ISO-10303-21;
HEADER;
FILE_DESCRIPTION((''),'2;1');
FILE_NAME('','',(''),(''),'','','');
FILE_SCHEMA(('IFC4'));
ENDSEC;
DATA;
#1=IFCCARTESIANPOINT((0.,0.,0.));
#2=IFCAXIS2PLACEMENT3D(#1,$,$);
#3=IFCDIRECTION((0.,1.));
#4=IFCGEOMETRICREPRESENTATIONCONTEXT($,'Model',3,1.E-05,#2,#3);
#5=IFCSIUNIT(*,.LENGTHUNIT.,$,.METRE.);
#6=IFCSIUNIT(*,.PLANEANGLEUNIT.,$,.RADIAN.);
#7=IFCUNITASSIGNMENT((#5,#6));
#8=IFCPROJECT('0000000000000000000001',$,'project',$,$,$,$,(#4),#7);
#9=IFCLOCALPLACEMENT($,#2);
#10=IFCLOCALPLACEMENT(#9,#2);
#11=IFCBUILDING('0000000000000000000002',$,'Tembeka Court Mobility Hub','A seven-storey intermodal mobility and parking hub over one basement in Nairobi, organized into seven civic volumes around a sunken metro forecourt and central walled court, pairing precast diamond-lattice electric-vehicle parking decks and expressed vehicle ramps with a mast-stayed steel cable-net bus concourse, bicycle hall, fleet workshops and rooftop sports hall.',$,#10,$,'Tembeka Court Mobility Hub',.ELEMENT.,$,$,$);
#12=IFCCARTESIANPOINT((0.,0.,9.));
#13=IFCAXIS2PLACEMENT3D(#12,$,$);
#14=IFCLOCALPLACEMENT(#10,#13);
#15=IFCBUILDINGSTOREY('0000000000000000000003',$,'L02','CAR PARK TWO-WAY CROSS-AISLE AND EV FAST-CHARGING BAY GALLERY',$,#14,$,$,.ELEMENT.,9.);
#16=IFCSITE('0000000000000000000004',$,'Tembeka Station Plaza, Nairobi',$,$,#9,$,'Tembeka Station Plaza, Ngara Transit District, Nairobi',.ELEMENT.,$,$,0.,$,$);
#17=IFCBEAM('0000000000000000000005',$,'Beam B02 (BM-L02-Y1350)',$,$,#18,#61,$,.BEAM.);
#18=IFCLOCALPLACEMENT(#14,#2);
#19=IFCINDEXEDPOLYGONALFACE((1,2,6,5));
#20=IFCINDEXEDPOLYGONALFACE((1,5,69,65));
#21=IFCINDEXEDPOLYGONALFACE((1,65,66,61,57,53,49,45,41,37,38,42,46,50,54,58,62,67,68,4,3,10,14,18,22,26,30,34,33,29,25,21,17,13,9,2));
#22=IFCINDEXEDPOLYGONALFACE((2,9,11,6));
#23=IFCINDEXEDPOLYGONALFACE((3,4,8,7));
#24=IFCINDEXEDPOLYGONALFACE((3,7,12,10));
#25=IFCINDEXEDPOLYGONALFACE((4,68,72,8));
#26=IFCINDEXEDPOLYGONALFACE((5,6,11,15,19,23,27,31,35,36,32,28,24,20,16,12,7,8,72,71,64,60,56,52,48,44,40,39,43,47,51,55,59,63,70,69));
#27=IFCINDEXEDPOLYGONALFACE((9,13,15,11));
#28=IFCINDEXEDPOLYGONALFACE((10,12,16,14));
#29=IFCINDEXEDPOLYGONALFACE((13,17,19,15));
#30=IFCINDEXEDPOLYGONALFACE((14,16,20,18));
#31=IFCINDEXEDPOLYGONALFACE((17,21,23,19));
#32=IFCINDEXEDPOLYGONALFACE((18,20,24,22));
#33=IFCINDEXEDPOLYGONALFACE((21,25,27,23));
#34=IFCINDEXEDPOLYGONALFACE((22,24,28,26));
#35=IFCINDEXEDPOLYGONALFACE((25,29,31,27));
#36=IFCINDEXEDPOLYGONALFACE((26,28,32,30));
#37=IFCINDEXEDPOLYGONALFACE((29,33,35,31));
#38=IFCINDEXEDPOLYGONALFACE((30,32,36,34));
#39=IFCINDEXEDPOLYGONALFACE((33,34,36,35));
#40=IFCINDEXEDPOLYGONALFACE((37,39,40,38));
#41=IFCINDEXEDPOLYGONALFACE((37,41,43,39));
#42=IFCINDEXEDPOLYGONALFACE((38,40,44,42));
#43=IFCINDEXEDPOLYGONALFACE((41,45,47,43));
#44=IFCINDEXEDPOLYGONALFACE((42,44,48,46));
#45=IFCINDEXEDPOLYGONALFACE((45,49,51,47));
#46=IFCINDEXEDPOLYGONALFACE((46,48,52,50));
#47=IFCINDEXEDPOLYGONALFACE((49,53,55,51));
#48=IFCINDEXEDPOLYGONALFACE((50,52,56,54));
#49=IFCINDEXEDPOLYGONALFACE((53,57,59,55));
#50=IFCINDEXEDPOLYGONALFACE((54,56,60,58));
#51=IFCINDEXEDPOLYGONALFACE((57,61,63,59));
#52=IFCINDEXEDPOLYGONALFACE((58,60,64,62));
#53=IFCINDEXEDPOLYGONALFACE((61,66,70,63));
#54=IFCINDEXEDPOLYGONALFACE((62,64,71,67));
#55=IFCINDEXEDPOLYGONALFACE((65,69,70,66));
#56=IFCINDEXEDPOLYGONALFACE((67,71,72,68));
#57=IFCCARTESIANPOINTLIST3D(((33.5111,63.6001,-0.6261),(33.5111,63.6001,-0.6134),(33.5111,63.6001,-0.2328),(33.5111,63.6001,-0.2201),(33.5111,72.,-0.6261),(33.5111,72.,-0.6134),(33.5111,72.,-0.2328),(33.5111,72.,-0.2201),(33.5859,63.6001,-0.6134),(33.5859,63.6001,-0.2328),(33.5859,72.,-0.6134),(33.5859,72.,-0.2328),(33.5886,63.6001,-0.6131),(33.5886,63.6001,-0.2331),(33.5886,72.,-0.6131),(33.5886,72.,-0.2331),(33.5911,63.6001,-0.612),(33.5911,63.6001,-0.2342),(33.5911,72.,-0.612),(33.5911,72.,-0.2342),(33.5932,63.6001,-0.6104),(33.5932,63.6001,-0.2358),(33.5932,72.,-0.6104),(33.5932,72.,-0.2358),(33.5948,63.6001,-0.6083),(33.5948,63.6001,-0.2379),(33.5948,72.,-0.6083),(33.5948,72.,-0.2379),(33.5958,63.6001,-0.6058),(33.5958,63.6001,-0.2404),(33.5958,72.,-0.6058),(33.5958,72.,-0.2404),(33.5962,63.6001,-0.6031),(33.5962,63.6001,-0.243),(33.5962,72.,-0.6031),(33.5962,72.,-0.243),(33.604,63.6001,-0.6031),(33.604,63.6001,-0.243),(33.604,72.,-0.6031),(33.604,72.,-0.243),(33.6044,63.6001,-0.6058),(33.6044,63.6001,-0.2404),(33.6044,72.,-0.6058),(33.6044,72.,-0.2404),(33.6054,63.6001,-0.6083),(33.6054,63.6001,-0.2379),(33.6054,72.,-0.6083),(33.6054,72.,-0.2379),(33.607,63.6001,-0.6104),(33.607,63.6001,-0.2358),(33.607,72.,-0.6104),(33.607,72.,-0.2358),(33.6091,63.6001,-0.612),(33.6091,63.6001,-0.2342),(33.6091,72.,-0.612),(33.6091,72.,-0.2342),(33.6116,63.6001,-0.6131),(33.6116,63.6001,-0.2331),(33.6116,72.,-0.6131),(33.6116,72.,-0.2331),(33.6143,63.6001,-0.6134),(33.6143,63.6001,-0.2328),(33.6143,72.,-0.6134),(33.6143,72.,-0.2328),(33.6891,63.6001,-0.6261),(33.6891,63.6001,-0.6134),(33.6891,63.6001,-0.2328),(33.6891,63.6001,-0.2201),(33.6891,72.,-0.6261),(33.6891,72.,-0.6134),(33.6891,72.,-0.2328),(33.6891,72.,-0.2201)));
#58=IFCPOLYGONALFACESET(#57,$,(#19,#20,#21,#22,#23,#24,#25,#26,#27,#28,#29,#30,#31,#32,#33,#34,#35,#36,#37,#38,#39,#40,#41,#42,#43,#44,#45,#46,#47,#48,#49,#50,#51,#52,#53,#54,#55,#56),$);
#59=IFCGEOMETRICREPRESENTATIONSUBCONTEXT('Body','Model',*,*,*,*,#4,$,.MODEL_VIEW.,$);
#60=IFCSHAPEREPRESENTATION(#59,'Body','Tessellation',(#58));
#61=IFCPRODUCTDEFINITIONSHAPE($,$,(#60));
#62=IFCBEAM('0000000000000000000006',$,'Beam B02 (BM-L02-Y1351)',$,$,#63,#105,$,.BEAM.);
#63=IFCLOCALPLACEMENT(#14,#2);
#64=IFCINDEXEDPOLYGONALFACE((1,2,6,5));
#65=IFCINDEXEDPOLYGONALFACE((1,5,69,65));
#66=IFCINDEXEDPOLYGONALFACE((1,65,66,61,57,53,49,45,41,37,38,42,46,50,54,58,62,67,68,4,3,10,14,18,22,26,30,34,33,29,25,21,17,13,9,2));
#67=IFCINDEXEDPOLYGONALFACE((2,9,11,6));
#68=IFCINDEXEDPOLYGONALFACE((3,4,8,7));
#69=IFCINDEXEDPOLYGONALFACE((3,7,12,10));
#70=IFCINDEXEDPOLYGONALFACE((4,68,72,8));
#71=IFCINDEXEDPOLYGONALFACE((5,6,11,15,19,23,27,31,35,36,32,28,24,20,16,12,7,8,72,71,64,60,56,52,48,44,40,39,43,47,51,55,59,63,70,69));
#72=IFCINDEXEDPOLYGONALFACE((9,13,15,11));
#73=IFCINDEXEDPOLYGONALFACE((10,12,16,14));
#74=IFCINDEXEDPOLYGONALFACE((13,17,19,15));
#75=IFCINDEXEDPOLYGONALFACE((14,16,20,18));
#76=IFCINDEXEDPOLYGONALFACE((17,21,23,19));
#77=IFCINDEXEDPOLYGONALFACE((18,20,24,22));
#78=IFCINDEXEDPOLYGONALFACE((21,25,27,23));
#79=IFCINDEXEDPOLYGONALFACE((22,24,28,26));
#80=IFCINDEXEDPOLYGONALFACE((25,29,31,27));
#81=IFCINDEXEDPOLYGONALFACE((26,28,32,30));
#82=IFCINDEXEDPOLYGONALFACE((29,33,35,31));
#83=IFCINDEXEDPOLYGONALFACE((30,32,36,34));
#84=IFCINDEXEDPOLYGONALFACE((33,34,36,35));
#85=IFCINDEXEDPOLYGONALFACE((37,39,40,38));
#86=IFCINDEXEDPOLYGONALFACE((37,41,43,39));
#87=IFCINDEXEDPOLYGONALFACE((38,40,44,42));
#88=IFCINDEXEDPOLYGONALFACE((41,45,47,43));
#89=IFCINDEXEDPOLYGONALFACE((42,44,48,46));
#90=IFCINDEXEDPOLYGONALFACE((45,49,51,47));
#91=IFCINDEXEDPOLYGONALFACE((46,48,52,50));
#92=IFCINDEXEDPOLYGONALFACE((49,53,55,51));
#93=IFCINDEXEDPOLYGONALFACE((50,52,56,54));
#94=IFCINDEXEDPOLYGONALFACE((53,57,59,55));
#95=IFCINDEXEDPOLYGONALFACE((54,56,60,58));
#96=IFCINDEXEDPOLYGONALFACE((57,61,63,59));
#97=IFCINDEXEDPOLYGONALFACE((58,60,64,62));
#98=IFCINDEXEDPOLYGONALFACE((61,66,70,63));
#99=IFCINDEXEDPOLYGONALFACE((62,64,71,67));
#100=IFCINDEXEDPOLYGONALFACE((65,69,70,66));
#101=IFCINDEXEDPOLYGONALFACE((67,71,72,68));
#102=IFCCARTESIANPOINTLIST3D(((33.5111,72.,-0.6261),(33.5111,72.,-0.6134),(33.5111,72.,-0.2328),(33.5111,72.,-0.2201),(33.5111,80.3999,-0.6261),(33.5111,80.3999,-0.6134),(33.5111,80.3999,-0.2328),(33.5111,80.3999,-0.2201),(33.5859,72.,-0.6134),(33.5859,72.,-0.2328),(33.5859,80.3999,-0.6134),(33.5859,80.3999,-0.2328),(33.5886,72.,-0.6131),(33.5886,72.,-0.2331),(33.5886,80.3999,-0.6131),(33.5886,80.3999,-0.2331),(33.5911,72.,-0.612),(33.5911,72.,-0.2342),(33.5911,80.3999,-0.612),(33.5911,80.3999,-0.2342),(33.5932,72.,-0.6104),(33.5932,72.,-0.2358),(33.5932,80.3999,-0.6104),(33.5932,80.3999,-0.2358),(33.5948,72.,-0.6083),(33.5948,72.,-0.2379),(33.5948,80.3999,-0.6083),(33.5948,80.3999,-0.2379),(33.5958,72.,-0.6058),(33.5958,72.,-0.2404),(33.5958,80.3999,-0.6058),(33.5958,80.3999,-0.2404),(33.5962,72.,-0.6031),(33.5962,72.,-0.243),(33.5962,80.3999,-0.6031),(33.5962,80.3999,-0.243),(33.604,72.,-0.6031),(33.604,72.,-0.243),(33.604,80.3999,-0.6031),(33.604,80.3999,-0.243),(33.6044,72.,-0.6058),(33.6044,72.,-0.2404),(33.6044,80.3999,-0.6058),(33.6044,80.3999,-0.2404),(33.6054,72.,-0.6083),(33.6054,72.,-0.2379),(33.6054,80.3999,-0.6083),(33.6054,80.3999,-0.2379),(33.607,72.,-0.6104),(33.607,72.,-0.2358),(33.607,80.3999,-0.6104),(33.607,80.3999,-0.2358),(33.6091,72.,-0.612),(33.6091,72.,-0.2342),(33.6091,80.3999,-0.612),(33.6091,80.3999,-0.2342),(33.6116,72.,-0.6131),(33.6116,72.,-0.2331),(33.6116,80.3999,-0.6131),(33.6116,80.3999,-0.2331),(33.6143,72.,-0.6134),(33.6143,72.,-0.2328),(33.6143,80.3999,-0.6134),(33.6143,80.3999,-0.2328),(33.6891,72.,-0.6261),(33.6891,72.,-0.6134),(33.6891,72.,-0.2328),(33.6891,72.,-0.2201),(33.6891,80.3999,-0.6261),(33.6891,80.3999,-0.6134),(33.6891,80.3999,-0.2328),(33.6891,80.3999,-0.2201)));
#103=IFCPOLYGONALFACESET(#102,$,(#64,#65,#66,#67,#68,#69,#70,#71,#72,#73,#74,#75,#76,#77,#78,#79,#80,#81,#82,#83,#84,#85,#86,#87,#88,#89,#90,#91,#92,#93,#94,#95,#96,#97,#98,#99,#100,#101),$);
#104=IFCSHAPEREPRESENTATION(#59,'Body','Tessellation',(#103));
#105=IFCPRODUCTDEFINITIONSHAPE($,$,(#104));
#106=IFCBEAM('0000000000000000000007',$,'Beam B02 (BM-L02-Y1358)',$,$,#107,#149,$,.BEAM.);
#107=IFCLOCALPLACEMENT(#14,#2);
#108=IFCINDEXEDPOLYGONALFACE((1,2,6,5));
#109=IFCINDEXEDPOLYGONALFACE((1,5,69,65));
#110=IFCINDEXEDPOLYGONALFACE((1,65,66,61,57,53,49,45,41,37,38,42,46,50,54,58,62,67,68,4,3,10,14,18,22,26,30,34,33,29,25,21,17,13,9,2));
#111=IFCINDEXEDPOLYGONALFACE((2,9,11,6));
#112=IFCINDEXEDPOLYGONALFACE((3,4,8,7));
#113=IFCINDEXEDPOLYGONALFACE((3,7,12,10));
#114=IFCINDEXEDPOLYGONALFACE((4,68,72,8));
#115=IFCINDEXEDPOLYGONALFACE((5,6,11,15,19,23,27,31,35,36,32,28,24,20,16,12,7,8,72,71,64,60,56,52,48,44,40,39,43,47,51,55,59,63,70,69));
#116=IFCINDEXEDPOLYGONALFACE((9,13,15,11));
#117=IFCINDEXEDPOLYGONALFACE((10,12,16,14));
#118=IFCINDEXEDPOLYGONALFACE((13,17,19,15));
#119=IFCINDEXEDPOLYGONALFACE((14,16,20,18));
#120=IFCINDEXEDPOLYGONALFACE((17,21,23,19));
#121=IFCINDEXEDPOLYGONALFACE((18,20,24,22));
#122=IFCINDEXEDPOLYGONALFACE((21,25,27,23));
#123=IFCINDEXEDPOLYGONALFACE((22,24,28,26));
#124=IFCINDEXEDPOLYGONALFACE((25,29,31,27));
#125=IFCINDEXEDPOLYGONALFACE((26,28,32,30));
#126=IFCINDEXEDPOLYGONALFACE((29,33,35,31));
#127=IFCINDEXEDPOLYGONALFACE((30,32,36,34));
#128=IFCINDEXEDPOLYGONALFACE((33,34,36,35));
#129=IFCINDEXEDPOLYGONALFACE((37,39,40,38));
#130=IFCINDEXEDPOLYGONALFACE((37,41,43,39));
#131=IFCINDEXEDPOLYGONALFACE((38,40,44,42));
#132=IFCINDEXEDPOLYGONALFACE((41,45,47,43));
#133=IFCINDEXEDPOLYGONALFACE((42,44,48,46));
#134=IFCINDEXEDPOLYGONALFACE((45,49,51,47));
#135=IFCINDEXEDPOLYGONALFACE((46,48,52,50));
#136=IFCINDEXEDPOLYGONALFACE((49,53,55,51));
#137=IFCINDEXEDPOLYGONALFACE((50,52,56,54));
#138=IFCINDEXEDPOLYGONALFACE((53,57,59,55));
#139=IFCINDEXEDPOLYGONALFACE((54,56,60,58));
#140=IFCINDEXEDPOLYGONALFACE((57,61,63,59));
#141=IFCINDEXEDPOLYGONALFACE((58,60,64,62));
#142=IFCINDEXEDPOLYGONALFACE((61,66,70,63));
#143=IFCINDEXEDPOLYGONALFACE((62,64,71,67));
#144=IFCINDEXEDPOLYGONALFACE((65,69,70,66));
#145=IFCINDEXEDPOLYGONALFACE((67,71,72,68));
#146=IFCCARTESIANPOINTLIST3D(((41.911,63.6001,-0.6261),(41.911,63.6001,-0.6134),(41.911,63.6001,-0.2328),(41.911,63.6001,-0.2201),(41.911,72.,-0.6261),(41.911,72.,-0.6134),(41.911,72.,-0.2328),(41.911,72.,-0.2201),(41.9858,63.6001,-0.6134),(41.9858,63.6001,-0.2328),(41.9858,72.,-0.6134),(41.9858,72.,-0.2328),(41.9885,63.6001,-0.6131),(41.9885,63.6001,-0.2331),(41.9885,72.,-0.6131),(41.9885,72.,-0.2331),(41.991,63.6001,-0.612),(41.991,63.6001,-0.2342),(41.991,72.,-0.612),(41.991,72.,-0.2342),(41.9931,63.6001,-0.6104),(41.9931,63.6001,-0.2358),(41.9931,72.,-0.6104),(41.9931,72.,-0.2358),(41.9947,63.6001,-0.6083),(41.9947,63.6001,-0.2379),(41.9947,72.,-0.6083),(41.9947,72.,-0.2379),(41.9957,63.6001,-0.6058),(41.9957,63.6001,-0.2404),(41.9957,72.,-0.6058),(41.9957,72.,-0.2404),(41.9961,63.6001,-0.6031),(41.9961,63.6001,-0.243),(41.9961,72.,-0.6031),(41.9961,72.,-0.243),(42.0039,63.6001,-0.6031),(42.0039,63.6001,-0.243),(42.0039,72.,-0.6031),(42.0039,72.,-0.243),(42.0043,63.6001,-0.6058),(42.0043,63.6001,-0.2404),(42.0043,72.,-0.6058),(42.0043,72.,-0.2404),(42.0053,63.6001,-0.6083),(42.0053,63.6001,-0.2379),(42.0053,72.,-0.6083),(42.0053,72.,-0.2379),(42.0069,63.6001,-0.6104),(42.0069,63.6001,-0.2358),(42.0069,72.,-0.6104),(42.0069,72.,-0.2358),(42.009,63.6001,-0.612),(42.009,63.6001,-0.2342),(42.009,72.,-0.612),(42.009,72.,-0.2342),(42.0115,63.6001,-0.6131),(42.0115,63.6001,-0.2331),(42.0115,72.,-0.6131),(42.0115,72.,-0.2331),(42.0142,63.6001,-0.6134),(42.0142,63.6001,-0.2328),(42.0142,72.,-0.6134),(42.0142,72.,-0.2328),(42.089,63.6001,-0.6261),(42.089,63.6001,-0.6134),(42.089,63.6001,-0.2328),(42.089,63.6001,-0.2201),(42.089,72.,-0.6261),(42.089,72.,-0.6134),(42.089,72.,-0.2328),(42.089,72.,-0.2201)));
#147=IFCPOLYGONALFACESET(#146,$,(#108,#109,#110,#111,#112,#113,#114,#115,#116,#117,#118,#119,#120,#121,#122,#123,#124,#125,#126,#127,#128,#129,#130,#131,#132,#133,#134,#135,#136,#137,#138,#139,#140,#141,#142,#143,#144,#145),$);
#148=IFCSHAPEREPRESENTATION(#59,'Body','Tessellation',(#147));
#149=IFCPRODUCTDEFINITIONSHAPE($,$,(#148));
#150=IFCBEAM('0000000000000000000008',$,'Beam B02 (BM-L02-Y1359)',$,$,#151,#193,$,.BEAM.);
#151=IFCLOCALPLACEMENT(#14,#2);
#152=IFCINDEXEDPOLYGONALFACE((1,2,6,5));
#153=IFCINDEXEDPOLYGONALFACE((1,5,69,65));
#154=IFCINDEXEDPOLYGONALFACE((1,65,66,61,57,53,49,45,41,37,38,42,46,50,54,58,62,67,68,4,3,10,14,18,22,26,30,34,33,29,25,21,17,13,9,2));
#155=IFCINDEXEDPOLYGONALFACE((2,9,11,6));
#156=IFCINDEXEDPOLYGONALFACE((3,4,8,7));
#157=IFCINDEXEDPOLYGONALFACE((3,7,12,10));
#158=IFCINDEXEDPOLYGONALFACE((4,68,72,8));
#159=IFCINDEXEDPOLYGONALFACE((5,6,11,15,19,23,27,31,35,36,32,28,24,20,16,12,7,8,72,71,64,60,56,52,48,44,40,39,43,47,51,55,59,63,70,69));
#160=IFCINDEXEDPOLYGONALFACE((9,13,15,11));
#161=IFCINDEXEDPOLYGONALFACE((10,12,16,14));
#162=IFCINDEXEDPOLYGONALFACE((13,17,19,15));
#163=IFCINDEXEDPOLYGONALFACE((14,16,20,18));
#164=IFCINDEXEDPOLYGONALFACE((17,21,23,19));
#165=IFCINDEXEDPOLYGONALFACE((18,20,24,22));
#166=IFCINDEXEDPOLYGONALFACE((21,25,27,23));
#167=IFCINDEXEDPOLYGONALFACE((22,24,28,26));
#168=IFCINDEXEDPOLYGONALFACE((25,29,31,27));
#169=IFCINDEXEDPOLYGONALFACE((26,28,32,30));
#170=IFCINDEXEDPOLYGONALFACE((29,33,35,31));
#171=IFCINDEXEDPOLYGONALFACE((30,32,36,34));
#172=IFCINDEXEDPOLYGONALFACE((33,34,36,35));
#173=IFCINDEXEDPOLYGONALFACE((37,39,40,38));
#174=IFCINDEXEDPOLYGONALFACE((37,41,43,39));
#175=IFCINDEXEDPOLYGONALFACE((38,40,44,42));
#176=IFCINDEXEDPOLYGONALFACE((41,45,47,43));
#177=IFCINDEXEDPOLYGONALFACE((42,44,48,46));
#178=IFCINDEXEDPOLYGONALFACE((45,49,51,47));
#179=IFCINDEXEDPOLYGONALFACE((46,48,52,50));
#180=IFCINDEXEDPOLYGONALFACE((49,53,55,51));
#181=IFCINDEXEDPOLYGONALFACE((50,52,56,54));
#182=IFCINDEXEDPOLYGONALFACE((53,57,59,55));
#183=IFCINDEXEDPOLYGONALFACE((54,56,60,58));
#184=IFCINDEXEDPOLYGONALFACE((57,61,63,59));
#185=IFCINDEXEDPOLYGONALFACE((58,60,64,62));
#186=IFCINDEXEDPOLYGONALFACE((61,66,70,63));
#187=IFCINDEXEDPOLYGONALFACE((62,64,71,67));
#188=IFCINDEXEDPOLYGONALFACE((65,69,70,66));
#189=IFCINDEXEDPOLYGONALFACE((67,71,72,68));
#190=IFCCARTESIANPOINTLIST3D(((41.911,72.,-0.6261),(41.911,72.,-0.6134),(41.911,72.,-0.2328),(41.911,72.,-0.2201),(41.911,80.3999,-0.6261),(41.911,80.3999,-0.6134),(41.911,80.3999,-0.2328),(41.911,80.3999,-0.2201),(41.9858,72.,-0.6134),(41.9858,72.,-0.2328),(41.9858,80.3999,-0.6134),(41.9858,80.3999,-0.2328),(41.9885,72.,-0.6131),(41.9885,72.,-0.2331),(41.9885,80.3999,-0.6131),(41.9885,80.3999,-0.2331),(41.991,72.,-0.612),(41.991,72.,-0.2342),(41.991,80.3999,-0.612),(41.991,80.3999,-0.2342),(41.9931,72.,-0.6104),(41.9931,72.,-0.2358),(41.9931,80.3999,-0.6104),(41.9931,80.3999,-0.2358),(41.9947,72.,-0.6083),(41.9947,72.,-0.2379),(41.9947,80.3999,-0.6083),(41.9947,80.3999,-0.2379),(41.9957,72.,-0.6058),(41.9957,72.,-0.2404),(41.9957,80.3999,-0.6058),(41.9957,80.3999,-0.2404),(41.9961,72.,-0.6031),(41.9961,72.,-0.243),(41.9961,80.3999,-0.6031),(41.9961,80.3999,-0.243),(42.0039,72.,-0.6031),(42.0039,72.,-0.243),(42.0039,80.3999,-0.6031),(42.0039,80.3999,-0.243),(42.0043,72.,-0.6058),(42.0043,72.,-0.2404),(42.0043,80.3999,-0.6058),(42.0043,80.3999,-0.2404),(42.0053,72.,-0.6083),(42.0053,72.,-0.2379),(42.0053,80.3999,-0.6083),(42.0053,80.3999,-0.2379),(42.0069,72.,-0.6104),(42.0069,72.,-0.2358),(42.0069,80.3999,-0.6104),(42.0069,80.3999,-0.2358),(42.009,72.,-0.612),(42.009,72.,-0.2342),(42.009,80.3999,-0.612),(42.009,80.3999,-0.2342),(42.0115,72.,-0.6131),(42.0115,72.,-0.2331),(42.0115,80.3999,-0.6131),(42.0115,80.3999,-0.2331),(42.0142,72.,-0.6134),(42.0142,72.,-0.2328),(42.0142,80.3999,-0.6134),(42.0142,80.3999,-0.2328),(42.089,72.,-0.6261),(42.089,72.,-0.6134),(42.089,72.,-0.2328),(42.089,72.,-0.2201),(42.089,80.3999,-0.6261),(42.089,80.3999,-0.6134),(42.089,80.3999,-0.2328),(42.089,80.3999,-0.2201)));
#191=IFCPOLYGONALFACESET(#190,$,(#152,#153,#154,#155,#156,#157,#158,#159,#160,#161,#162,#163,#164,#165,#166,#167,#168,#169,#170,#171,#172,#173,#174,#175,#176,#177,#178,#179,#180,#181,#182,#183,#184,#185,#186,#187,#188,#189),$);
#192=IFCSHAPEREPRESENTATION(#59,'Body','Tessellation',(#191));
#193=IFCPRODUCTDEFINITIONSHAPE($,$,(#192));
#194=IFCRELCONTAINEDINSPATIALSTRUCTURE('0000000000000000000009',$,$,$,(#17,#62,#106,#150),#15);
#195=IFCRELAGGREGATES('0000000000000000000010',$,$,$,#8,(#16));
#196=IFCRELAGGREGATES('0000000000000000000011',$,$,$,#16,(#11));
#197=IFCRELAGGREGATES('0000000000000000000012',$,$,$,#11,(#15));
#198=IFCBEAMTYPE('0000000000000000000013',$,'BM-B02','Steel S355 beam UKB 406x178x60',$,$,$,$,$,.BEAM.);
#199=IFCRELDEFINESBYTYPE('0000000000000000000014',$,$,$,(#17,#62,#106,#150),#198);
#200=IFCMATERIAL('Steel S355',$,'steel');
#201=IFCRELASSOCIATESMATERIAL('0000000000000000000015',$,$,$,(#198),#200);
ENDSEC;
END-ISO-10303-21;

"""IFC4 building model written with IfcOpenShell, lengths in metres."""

from ifc_helpers import new_model, si_unit, direction, frame, origin, origin_2d, place, context, subcontext, project, spatial, i_section, extrude, material, material_profile, profile_set, type_object, element, save


model = new_model("IFC4")

# Units and contexts
model_context = context("Model", 3, precision=1e-05, world=origin(), true_north=direction((0.0, 1.0)))
body_context = subcontext(model_context, "Body", "Model", "MODEL_VIEW")
ifc_project = project(units=[si_unit("LENGTHUNIT", "METRE"), si_unit("PLANEANGLEUNIT", "RADIAN")], contexts=[model_context])

# Site, building, storey
site_placement = place(None, origin())
site = spatial("IfcSite", under=ifc_project, at=site_placement, Name="Tembeka Station Plaza, Nairobi", LongName="Tembeka Station Plaza, Ngara Transit District, Nairobi", CompositionType="ELEMENT", RefElevation=0.0)
building_placement = place(site_placement, origin())
building = spatial("IfcBuilding", under=site, at=building_placement, Name="Tembeka Court Mobility Hub", Description="A seven-storey intermodal mobility and parking hub over one basement in Nairobi, organized into seven civic volumes around a sunken metro forecourt and central walled court, pairing precast diamond-lattice electric-vehicle parking decks and expressed vehicle ramps with a mast-stayed steel cable-net bus concourse, bicycle hall, fleet workshops and rooftop sports hall.", LongName="Tembeka Court Mobility Hub", CompositionType="ELEMENT")
storey_placement = place(building_placement, frame((0.0, 0.0, 9.0)))
storey = spatial("IfcBuildingStorey", under=building, at=storey_placement, Name="L02", Description="CAR PARK TWO-WAY CROSS-AISLE AND EV FAST-CHARGING BAY GALLERY", CompositionType="ELEMENT", Elevation=9.0)

# Shared definitions
ifc_material = material(Name="Steel S355", Category="steel")

# Beams
ifc_material_profile_1 = material_profile(ifc_material, i_section(OverallWidth=0.178, OverallDepth=0.406, WebThickness=0.0078, FlangeThickness=0.0127, FilletRadius=0.0103, at=origin_2d()), Name="UKB 406x178x60")
ifc_profile_set_1 = profile_set([ifc_material_profile_1], Name="Steel S355")
beam_type_1 = type_object("IfcBeamType", Name="BM-B02", Description="Steel S355 beam UKB 406x178x60", PredefinedType="BEAM", material=ifc_profile_set_1)
for number, where, z_axis, x_axis, name in (
    (1, (33.6001, 63.6001, -0.4231), (0.0, 1.0, 0.0), (-1.0, 0.0, 0.0), "Beam B02 (BM-L02-Y1350)"),
    (2, (33.6001, 72.0, -0.4231), (0.0, 1.0, 0.0), (-1.0, 0.0, 0.0), "Beam B02 (BM-L02-Y1351)"),
    (3, (42.0, 63.6001, -0.4231), (0.0, 1.0, 0.0), (-1.0, 0.0, 0.0), "Beam B02 (BM-L02-Y1358)"),
    (4, (42.0, 72.0, -0.4231), (0.0, 1.0, 0.0), (-1.0, 0.0, 0.0), "Beam B02 (BM-L02-Y1359)"),
):
    element("IfcBeam", number, at=place(storey_placement, frame(where, z_axis=z_axis, x_axis=x_axis)), inside=storey, type_object=beam_type_1, Name=name, PredefinedType="BEAM", context=body_context, shape_type="SweptSolid", body=[
        extrude(i_section(OverallWidth=0.178, OverallDepth=0.406, WebThickness=0.0078, FlangeThickness=0.0127, FilletRadius=0.0103, at=origin_2d()), origin(), (0.0, 0.0, 1.0), 8.3999),
    ])

save(model, "model.ifc")
